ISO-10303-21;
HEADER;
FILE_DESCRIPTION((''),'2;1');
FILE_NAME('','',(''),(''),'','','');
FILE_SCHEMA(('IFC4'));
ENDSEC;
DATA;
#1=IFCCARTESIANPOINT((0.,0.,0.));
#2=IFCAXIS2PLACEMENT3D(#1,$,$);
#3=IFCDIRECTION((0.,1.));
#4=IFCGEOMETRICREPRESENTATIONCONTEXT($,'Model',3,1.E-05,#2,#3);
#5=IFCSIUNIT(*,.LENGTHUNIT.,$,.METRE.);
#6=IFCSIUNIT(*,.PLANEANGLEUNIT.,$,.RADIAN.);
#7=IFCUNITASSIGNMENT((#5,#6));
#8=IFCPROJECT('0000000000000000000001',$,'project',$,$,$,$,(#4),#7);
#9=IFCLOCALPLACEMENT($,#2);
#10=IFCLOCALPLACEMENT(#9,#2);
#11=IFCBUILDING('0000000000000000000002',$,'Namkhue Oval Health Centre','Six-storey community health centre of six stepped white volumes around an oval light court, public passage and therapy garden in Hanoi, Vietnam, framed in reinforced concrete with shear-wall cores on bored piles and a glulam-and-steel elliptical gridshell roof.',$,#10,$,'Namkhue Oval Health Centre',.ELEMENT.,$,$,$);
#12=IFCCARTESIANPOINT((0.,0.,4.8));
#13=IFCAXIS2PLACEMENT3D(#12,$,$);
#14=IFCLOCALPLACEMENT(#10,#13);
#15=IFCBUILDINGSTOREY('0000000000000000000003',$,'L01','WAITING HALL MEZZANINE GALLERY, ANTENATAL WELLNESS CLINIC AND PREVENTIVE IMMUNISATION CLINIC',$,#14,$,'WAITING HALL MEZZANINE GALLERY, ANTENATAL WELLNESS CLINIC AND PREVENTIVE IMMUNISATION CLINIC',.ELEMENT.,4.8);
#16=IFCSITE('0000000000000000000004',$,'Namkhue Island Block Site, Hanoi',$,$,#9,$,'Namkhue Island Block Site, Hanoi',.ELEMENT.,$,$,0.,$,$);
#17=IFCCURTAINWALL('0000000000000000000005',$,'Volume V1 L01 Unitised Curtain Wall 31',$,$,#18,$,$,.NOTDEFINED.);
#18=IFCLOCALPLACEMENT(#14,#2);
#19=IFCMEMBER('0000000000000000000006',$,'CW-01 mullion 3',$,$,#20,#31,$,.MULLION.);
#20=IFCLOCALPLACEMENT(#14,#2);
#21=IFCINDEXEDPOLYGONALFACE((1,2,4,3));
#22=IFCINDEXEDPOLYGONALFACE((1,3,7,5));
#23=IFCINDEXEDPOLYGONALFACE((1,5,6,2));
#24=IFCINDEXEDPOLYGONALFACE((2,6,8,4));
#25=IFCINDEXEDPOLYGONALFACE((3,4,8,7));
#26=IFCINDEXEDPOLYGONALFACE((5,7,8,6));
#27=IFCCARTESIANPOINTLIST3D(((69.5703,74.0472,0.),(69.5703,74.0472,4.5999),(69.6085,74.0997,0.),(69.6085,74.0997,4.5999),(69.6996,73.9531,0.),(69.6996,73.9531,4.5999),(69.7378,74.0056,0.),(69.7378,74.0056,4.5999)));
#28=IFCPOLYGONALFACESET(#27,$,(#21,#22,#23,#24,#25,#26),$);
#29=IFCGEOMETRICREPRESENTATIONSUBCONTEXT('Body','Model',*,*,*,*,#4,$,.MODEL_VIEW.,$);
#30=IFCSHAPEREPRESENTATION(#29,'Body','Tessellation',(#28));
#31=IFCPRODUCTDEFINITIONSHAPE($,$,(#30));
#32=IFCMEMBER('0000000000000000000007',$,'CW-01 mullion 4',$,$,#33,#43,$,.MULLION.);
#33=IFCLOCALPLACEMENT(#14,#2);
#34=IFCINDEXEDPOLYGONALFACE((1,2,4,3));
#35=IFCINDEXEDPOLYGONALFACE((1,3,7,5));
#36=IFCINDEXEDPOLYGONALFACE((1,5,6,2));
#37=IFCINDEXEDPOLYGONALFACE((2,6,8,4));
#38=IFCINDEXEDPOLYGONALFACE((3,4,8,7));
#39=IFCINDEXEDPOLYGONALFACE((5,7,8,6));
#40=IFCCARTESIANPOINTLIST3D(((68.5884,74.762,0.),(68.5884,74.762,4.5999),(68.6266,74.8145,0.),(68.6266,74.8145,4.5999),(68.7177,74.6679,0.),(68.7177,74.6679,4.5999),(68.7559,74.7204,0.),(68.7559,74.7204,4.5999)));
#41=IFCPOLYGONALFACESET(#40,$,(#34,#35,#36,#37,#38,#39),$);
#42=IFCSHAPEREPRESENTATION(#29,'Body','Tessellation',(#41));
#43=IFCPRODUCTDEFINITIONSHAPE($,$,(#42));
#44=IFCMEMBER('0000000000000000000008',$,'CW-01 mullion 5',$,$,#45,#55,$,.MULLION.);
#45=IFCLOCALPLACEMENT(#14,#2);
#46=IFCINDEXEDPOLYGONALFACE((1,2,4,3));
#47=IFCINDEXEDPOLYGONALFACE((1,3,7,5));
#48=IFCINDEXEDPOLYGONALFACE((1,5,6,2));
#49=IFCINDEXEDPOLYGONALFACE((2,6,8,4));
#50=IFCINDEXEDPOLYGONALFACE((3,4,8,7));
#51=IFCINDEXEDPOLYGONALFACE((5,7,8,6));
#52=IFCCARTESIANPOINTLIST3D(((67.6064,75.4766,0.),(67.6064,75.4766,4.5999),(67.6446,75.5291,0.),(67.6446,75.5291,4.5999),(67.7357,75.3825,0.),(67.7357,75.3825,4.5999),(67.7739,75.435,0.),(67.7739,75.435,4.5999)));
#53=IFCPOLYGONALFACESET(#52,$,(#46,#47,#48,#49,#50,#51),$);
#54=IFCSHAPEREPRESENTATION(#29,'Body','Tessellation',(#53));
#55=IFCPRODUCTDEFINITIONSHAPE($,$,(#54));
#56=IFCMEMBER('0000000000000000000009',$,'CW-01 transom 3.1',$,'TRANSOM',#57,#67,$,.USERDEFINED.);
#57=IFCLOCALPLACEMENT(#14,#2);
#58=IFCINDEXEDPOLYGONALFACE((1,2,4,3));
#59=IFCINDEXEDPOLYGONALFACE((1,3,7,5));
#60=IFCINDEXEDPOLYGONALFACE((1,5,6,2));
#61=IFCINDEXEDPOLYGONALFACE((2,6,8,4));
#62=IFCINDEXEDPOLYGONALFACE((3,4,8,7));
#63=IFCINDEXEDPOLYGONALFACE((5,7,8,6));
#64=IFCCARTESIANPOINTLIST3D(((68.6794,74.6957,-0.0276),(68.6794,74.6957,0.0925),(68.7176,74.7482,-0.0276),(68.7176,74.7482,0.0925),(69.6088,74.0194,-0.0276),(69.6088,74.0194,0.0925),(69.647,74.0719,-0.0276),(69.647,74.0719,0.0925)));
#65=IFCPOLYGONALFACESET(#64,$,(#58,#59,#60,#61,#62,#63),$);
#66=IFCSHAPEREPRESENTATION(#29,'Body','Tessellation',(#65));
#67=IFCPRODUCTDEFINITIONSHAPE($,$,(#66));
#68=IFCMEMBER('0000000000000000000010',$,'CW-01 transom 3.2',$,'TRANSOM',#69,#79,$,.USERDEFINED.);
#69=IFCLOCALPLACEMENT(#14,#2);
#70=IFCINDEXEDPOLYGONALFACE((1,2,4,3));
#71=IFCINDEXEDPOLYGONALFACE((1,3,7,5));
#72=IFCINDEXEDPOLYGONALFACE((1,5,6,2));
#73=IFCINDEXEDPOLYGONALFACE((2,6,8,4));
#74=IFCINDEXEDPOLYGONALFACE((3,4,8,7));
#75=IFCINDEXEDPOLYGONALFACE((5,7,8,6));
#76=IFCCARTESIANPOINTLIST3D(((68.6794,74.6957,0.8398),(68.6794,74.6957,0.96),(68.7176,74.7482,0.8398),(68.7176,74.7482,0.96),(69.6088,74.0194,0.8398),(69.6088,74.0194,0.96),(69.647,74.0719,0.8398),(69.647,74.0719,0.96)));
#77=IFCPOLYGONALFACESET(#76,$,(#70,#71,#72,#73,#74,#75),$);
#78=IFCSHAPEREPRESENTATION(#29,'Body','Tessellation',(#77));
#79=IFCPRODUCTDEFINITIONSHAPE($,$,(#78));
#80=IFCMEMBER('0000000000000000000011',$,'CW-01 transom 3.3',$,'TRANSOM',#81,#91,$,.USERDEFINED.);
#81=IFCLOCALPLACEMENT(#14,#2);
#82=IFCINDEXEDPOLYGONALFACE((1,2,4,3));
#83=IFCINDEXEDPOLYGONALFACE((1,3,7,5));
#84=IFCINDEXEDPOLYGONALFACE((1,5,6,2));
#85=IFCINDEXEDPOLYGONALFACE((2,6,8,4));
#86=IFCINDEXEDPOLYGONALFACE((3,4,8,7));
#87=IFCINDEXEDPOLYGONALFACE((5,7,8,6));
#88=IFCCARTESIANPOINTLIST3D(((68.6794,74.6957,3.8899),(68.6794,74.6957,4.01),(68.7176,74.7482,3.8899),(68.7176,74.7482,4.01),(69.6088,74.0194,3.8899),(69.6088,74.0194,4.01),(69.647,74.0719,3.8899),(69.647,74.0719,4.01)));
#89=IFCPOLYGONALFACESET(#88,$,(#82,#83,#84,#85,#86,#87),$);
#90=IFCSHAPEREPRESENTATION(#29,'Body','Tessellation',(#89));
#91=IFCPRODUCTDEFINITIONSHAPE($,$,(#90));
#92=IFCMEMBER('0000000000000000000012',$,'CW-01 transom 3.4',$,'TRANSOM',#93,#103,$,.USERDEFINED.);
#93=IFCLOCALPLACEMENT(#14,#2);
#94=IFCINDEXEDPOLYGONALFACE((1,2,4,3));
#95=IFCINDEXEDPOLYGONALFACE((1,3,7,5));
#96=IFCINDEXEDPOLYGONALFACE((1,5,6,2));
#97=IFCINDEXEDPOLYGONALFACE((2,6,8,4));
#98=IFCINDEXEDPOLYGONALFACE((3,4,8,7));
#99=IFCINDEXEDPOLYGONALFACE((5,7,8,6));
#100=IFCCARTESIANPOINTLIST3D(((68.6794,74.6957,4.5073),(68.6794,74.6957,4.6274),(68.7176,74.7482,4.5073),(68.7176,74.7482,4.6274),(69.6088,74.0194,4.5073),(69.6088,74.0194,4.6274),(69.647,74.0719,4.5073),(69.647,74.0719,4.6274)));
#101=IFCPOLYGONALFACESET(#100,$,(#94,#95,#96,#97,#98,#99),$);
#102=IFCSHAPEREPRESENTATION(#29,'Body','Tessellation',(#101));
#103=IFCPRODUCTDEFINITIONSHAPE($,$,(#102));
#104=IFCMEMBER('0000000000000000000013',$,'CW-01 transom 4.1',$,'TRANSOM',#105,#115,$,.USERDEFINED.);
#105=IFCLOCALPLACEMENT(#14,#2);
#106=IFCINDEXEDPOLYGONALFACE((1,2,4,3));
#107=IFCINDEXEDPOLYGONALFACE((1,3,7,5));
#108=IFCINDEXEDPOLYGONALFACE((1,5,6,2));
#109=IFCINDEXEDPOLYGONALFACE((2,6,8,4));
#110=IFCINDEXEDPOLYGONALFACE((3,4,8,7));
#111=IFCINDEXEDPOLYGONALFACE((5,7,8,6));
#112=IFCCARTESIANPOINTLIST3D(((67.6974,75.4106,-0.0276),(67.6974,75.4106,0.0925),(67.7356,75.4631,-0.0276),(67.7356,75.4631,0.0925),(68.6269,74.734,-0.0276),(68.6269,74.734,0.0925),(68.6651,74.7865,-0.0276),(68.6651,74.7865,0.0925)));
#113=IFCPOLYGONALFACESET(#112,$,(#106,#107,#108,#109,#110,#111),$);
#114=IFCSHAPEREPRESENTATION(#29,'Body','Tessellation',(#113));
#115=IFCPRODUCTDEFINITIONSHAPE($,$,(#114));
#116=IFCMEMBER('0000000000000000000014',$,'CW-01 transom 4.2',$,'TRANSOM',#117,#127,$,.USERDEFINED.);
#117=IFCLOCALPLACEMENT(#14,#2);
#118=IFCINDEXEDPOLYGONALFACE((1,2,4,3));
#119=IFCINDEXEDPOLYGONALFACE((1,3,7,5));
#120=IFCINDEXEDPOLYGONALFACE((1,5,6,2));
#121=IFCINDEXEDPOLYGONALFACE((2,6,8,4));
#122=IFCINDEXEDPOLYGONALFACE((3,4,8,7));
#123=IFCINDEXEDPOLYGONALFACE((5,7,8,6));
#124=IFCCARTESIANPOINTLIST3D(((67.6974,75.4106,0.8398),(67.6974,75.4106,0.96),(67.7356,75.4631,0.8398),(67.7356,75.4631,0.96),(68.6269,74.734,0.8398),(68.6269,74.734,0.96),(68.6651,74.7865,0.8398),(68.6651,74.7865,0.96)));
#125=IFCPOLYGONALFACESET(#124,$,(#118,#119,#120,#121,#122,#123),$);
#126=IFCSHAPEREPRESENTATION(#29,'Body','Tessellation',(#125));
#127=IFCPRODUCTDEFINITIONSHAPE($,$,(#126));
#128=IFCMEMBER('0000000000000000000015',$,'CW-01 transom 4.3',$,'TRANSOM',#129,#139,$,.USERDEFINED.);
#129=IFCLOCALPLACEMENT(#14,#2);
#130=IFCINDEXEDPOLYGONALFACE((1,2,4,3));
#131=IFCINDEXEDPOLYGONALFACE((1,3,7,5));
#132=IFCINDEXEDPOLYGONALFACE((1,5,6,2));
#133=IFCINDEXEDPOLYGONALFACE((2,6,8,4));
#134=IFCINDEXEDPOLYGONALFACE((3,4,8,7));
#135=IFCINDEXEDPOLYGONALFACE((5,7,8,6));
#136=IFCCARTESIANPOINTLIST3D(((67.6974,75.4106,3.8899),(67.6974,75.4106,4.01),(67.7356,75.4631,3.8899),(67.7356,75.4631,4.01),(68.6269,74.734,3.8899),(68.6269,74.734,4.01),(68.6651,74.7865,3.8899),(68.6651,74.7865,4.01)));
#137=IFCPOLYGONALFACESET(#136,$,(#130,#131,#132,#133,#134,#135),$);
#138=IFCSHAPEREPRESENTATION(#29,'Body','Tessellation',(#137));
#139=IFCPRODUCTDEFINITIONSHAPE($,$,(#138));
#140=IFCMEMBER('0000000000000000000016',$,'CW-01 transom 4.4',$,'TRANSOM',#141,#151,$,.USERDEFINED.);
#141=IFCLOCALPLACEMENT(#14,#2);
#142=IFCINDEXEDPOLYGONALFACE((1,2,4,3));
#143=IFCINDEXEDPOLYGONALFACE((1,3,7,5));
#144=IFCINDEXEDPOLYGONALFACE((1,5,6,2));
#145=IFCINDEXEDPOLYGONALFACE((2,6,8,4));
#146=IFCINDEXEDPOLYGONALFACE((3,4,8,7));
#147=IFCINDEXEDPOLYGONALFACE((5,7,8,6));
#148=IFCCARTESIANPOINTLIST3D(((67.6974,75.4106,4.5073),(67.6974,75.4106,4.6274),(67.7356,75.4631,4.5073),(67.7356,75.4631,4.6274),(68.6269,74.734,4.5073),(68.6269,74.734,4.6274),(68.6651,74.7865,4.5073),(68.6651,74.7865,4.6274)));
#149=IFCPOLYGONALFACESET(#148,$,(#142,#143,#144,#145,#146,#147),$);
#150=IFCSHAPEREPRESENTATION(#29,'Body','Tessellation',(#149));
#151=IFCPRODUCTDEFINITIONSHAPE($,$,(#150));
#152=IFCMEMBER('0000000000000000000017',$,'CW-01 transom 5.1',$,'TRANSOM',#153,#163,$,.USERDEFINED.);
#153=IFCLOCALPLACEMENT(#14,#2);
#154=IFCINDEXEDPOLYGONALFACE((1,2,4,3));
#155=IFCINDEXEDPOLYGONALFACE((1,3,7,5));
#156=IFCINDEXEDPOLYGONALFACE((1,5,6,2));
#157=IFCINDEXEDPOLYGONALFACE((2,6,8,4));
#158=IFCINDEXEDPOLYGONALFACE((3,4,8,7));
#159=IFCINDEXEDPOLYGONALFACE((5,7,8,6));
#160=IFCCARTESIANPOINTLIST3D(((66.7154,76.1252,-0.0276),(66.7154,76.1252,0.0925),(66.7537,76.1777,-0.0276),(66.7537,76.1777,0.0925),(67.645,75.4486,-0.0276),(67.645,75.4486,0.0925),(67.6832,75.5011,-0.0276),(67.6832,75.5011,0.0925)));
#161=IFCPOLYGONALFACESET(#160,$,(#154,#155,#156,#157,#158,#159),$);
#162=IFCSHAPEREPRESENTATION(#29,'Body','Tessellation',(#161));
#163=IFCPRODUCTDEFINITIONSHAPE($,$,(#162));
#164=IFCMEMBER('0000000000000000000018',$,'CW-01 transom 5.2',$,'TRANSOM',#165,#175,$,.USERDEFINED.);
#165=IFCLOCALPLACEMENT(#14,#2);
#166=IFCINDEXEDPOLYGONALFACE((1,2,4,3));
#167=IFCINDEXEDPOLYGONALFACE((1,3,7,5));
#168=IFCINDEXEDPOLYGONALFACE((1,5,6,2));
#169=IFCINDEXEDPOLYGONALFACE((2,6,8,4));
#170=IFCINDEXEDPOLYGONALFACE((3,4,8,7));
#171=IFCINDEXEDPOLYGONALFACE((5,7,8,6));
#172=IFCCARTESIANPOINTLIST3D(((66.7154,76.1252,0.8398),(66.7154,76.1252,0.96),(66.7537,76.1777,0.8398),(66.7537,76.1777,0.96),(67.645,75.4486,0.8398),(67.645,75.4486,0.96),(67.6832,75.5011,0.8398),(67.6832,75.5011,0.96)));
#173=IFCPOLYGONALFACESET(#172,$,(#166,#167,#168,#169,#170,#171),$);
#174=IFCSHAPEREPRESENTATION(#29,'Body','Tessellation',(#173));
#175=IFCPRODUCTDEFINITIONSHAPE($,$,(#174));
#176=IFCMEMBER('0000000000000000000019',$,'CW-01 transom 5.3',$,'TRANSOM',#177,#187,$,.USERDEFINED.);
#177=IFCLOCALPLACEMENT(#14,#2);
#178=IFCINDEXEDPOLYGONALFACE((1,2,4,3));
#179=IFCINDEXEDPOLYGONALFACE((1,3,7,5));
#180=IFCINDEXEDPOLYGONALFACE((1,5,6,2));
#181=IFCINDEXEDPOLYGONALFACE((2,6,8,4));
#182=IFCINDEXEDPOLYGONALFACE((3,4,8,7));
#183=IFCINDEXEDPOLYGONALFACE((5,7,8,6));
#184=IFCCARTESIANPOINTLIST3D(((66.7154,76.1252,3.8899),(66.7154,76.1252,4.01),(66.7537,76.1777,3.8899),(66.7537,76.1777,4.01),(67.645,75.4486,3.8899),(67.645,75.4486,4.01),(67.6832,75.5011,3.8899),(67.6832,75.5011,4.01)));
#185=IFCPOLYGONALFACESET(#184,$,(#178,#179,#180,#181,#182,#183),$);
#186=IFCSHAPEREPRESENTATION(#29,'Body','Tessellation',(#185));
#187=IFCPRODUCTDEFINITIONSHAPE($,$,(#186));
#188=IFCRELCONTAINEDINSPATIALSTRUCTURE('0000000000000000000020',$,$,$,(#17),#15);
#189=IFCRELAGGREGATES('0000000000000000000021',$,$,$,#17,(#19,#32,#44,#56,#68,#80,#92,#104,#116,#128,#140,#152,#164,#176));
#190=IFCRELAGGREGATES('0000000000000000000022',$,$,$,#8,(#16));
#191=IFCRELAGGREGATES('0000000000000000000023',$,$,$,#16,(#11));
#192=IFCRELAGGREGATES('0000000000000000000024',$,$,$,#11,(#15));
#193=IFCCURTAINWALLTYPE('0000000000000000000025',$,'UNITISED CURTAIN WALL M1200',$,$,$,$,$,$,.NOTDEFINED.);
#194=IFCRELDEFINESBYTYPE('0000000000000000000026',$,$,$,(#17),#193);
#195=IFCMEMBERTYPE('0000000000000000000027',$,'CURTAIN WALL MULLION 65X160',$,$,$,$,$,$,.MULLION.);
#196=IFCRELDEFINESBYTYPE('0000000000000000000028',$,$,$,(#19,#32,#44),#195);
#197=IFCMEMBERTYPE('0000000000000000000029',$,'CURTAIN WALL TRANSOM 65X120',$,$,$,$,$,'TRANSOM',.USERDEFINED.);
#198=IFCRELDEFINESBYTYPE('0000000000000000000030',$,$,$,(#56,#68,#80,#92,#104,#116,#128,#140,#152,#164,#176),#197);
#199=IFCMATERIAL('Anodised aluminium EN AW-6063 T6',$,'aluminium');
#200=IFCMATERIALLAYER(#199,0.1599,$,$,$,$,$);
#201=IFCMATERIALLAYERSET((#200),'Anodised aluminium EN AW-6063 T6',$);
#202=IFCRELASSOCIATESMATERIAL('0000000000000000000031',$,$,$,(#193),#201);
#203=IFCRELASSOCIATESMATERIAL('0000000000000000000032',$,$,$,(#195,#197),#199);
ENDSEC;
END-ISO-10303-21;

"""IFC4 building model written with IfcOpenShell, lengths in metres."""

from ifc_helpers import new_model, si_unit, direction, frame, origin, origin_2d, place, context, subcontext, project, spatial, rectangle, extrude, material, layer, layer_set, material_profile, profile_set, type_object, element, aggregate, save


model = new_model("IFC4")

# Units and contexts
model_context = context("Model", 3, precision=1e-05, world=origin(), true_north=direction((0.0, 1.0)))
body_context = subcontext(model_context, "Body", "Model", "MODEL_VIEW")
ifc_project = project(units=[si_unit("LENGTHUNIT", "METRE"), si_unit("PLANEANGLEUNIT", "RADIAN")], contexts=[model_context])

# Site, building, storey
site_placement = place(None, origin())
site = spatial("IfcSite", under=ifc_project, at=site_placement, Name="Namkhue Island Block Site, Hanoi", LongName="Namkhue Island Block Site, Hanoi", CompositionType="ELEMENT", RefElevation=0.0)
building_placement = place(site_placement, origin())
building = spatial("IfcBuilding", under=site, at=building_placement, Name="Namkhue Oval Health Centre", Description="Six-storey community health centre of six stepped white volumes around an oval light court, public passage and therapy garden in Hanoi, Vietnam, framed in reinforced concrete with shear-wall cores on bored piles and a glulam-and-steel elliptical gridshell roof.", LongName="Namkhue Oval Health Centre", CompositionType="ELEMENT")
storey_placement = place(building_placement, frame((0.0, 0.0, 4.8)))
storey = spatial("IfcBuildingStorey", under=building, at=storey_placement, Name="L01", Description="WAITING HALL MEZZANINE GALLERY, ANTENATAL WELLNESS CLINIC AND PREVENTIVE IMMUNISATION CLINIC", LongName="WAITING HALL MEZZANINE GALLERY, ANTENATAL WELLNESS CLINIC AND PREVENTIVE IMMUNISATION CLINIC", CompositionType="ELEMENT", Elevation=4.8)

# Curtain wall, members
ifc_material_1 = material(Name="Anodised aluminium EN AW-6063 T6", Category="aluminium")
ifc_layer_1 = layer(ifc_material_1, 0.1599)
ifc_layer_set_1 = layer_set([ifc_layer_1], Name="Anodised aluminium EN AW-6063 T6")
curtain_wall_type = type_object("IfcCurtainWallType", Name="UNITISED CURTAIN WALL M1200", PredefinedType="NOTDEFINED", material=ifc_layer_set_1)
curtain_wall_placement = place(storey_placement, origin())
curtain_wall = element("IfcCurtainWall", 1, at=curtain_wall_placement, inside=storey, type_object=curtain_wall_type, Name="Volume V1 L01 Unitised Curtain Wall 31", PredefinedType="NOTDEFINED")
ifc_material_profile_1 = material_profile(ifc_material_1, rectangle(XDim=0.0649, YDim=0.1599, at=origin_2d()), Name="ALU 65x160")
ifc_profile_set_1 = profile_set([ifc_material_profile_1], Name="Anodised aluminium EN AW-6063 T6")
member_type_1 = type_object("IfcMemberType", Name="CURTAIN WALL MULLION 65X160", PredefinedType="MULLION", material=ifc_profile_set_1)
member_1_placement = place(storey_placement, frame((69.6541, 74.0264, 0.0), z_axis=(0.0, 0.0, 1.0), x_axis=(-0.588477, -0.808514, 0.0)))
member_1 = element("IfcMember", 2, at=member_1_placement, type_object=member_type_1, Name="CW-01 mullion 3", PredefinedType="MULLION", context=body_context, shape_type="SweptSolid", body=[
    extrude(rectangle(XDim=0.0649, YDim=0.1599, at=origin_2d()), origin(), (0.0, 0.0, 1.0), 4.5999),
])
member_2_placement = place(storey_placement, frame((68.6721, 74.7412, 0.0), z_axis=(0.0, 0.0, 1.0), x_axis=(-0.588477, -0.808514, 0.0)))
member_2 = element("IfcMember", 3, at=member_2_placement, type_object=member_type_1, Name="CW-01 mullion 4", PredefinedType="MULLION", context=body_context, shape_type="SweptSolid", body=[
    extrude(rectangle(XDim=0.0649, YDim=0.1599, at=origin_2d()), origin(), (0.0, 0.0, 1.0), 4.5999),
])
member_3_placement = place(storey_placement, frame((67.6902, 75.4558, 0.0), z_axis=(0.0, 0.0, 1.0), x_axis=(-0.588477, -0.808514, 0.0)))
member_3 = element("IfcMember", 4, at=member_3_placement, type_object=member_type_1, Name="CW-01 mullion 5", PredefinedType="MULLION", context=body_context, shape_type="SweptSolid", body=[
    extrude(rectangle(XDim=0.0649, YDim=0.1599, at=origin_2d()), origin(), (0.0, 0.0, 1.0), 4.5999),
])
ifc_material_profile_2 = material_profile(ifc_material_1, rectangle(XDim=0.0649, YDim=0.1201, at=origin_2d()), Name="ALU 65x120")
ifc_profile_set_2 = profile_set([ifc_material_profile_2], Name="Anodised aluminium EN AW-6063 T6")
member_type_2 = type_object("IfcMemberType", Name="CURTAIN WALL TRANSOM 65X120", ElementType="TRANSOM", PredefinedType="USERDEFINED", material=ifc_profile_set_2)
member_4_placement = place(storey_placement, frame((69.6279, 74.0457, 0.0325), z_axis=(-0.808607, 0.588348, 0.0), x_axis=(-0.588348, -0.808607, 0.0)))
member_4 = element("IfcMember", 5, at=member_4_placement, type_object=member_type_2, Name="CW-01 transom 3.1", ObjectType="TRANSOM", PredefinedType="USERDEFINED", context=body_context, shape_type="SweptSolid", body=[
    extrude(rectangle(XDim=0.0649, YDim=0.1201, at=origin_2d()), origin(), (0.0, 0.0, 1.0), 1.1494),
])
member_5_placement = place(storey_placement, frame((69.6279, 74.0457, 0.8999), z_axis=(-0.808607, 0.588348, 0.0), x_axis=(-0.588348, -0.808607, 0.0)))
member_5 = element("IfcMember", 6, at=member_5_placement, type_object=member_type_2, Name="CW-01 transom 3.2", ObjectType="TRANSOM", PredefinedType="USERDEFINED", context=body_context, shape_type="SweptSolid", body=[
    extrude(rectangle(XDim=0.0649, YDim=0.1201, at=origin_2d()), origin(), (0.0, 0.0, 1.0), 1.1494),
])
member_6_placement = place(storey_placement, frame((69.6279, 74.0457, 3.95), z_axis=(-0.808607, 0.588348, 0.0), x_axis=(-0.588348, -0.808607, 0.0)))
member_6 = element("IfcMember", 7, at=member_6_placement, type_object=member_type_2, Name="CW-01 transom 3.3", ObjectType="TRANSOM", PredefinedType="USERDEFINED", context=body_context, shape_type="SweptSolid", body=[
    extrude(rectangle(XDim=0.0649, YDim=0.1201, at=origin_2d()), origin(), (0.0, 0.0, 1.0), 1.1494),
])
member_7_placement = place(storey_placement, frame((69.6279, 74.0457, 4.5674), z_axis=(-0.808607, 0.588348, 0.0), x_axis=(-0.588348, -0.808607, 0.0)))
member_7 = element("IfcMember", 8, at=member_7_placement, type_object=member_type_2, Name="CW-01 transom 3.4", ObjectType="TRANSOM", PredefinedType="USERDEFINED", context=body_context, shape_type="SweptSolid", body=[
    extrude(rectangle(XDim=0.0649, YDim=0.1201, at=origin_2d()), origin(), (0.0, 0.0, 1.0), 1.1494),
])
member_8_placement = place(storey_placement, frame((68.646, 74.7603, 0.0325), z_axis=(-0.808506, 0.588487, 0.0), x_axis=(-0.588487, -0.808506, 0.0)))
member_8 = element("IfcMember", 9, at=member_8_placement, type_object=member_type_2, Name="CW-01 transom 4.1", ObjectType="TRANSOM", PredefinedType="USERDEFINED", context=body_context, shape_type="SweptSolid", body=[
    extrude(rectangle(XDim=0.0649, YDim=0.1201, at=origin_2d()), origin(), (0.0, 0.0, 1.0), 1.1497),
])
member_9_placement = place(storey_placement, frame((68.646, 74.7603, 0.8999), z_axis=(-0.808506, 0.588487, 0.0), x_axis=(-0.588487, -0.808506, 0.0)))
member_9 = element("IfcMember", 10, at=member_9_placement, type_object=member_type_2, Name="CW-01 transom 4.2", ObjectType="TRANSOM", PredefinedType="USERDEFINED", context=body_context, shape_type="SweptSolid", body=[
    extrude(rectangle(XDim=0.0649, YDim=0.1201, at=origin_2d()), origin(), (0.0, 0.0, 1.0), 1.1497),
])
member_10_placement = place(storey_placement, frame((68.646, 74.7603, 3.95), z_axis=(-0.808506, 0.588487, 0.0), x_axis=(-0.588487, -0.808506, 0.0)))
member_10 = element("IfcMember", 11, at=member_10_placement, type_object=member_type_2, Name="CW-01 transom 4.3", ObjectType="TRANSOM", PredefinedType="USERDEFINED", context=body_context, shape_type="SweptSolid", body=[
    extrude(rectangle(XDim=0.0649, YDim=0.1201, at=origin_2d()), origin(), (0.0, 0.0, 1.0), 1.1497),
])
member_11_placement = place(storey_placement, frame((68.646, 74.7603, 4.5674), z_axis=(-0.808506, 0.588487, 0.0), x_axis=(-0.588487, -0.808506, 0.0)))
member_11 = element("IfcMember", 12, at=member_11_placement, type_object=member_type_2, Name="CW-01 transom 4.4", ObjectType="TRANSOM", PredefinedType="USERDEFINED", context=body_context, shape_type="SweptSolid", body=[
    extrude(rectangle(XDim=0.0649, YDim=0.1201, at=origin_2d()), origin(), (0.0, 0.0, 1.0), 1.1497),
])
member_12_placement = place(storey_placement, frame((67.6641, 75.4749, 0.0325), z_axis=(-0.808506, 0.588487, 0.0), x_axis=(-0.588487, -0.808506, 0.0)))
member_12 = element("IfcMember", 13, at=member_12_placement, type_object=member_type_2, Name="CW-01 transom 5.1", ObjectType="TRANSOM", PredefinedType="USERDEFINED", context=body_context, shape_type="SweptSolid", body=[
    extrude(rectangle(XDim=0.0649, YDim=0.1201, at=origin_2d()), origin(), (0.0, 0.0, 1.0), 1.1497),
])
member_13_placement = place(storey_placement, frame((67.6641, 75.4749, 0.8999), z_axis=(-0.808506, 0.588487, 0.0), x_axis=(-0.588487, -0.808506, 0.0)))
member_13 = element("IfcMember", 14, at=member_13_placement, type_object=member_type_2, Name="CW-01 transom 5.2", ObjectType="TRANSOM", PredefinedType="USERDEFINED", context=body_context, shape_type="SweptSolid", body=[
    extrude(rectangle(XDim=0.0649, YDim=0.1201, at=origin_2d()), origin(), (0.0, 0.0, 1.0), 1.1497),
])
member_14_placement = place(storey_placement, frame((67.6641, 75.4749, 3.95), z_axis=(-0.808506, 0.588487, 0.0), x_axis=(-0.588487, -0.808506, 0.0)))
member_14 = element("IfcMember", 15, at=member_14_placement, type_object=member_type_2, Name="CW-01 transom 5.3", ObjectType="TRANSOM", PredefinedType="USERDEFINED", context=body_context, shape_type="SweptSolid", body=[
    extrude(rectangle(XDim=0.0649, YDim=0.1201, at=origin_2d()), origin(), (0.0, 0.0, 1.0), 1.1497),
])
aggregate(curtain_wall, [member_1, member_2, member_3, member_4, member_5, member_6, member_7, member_8, member_9, member_10, member_11, member_12, member_13, member_14])

save(model, "model.ifc")
